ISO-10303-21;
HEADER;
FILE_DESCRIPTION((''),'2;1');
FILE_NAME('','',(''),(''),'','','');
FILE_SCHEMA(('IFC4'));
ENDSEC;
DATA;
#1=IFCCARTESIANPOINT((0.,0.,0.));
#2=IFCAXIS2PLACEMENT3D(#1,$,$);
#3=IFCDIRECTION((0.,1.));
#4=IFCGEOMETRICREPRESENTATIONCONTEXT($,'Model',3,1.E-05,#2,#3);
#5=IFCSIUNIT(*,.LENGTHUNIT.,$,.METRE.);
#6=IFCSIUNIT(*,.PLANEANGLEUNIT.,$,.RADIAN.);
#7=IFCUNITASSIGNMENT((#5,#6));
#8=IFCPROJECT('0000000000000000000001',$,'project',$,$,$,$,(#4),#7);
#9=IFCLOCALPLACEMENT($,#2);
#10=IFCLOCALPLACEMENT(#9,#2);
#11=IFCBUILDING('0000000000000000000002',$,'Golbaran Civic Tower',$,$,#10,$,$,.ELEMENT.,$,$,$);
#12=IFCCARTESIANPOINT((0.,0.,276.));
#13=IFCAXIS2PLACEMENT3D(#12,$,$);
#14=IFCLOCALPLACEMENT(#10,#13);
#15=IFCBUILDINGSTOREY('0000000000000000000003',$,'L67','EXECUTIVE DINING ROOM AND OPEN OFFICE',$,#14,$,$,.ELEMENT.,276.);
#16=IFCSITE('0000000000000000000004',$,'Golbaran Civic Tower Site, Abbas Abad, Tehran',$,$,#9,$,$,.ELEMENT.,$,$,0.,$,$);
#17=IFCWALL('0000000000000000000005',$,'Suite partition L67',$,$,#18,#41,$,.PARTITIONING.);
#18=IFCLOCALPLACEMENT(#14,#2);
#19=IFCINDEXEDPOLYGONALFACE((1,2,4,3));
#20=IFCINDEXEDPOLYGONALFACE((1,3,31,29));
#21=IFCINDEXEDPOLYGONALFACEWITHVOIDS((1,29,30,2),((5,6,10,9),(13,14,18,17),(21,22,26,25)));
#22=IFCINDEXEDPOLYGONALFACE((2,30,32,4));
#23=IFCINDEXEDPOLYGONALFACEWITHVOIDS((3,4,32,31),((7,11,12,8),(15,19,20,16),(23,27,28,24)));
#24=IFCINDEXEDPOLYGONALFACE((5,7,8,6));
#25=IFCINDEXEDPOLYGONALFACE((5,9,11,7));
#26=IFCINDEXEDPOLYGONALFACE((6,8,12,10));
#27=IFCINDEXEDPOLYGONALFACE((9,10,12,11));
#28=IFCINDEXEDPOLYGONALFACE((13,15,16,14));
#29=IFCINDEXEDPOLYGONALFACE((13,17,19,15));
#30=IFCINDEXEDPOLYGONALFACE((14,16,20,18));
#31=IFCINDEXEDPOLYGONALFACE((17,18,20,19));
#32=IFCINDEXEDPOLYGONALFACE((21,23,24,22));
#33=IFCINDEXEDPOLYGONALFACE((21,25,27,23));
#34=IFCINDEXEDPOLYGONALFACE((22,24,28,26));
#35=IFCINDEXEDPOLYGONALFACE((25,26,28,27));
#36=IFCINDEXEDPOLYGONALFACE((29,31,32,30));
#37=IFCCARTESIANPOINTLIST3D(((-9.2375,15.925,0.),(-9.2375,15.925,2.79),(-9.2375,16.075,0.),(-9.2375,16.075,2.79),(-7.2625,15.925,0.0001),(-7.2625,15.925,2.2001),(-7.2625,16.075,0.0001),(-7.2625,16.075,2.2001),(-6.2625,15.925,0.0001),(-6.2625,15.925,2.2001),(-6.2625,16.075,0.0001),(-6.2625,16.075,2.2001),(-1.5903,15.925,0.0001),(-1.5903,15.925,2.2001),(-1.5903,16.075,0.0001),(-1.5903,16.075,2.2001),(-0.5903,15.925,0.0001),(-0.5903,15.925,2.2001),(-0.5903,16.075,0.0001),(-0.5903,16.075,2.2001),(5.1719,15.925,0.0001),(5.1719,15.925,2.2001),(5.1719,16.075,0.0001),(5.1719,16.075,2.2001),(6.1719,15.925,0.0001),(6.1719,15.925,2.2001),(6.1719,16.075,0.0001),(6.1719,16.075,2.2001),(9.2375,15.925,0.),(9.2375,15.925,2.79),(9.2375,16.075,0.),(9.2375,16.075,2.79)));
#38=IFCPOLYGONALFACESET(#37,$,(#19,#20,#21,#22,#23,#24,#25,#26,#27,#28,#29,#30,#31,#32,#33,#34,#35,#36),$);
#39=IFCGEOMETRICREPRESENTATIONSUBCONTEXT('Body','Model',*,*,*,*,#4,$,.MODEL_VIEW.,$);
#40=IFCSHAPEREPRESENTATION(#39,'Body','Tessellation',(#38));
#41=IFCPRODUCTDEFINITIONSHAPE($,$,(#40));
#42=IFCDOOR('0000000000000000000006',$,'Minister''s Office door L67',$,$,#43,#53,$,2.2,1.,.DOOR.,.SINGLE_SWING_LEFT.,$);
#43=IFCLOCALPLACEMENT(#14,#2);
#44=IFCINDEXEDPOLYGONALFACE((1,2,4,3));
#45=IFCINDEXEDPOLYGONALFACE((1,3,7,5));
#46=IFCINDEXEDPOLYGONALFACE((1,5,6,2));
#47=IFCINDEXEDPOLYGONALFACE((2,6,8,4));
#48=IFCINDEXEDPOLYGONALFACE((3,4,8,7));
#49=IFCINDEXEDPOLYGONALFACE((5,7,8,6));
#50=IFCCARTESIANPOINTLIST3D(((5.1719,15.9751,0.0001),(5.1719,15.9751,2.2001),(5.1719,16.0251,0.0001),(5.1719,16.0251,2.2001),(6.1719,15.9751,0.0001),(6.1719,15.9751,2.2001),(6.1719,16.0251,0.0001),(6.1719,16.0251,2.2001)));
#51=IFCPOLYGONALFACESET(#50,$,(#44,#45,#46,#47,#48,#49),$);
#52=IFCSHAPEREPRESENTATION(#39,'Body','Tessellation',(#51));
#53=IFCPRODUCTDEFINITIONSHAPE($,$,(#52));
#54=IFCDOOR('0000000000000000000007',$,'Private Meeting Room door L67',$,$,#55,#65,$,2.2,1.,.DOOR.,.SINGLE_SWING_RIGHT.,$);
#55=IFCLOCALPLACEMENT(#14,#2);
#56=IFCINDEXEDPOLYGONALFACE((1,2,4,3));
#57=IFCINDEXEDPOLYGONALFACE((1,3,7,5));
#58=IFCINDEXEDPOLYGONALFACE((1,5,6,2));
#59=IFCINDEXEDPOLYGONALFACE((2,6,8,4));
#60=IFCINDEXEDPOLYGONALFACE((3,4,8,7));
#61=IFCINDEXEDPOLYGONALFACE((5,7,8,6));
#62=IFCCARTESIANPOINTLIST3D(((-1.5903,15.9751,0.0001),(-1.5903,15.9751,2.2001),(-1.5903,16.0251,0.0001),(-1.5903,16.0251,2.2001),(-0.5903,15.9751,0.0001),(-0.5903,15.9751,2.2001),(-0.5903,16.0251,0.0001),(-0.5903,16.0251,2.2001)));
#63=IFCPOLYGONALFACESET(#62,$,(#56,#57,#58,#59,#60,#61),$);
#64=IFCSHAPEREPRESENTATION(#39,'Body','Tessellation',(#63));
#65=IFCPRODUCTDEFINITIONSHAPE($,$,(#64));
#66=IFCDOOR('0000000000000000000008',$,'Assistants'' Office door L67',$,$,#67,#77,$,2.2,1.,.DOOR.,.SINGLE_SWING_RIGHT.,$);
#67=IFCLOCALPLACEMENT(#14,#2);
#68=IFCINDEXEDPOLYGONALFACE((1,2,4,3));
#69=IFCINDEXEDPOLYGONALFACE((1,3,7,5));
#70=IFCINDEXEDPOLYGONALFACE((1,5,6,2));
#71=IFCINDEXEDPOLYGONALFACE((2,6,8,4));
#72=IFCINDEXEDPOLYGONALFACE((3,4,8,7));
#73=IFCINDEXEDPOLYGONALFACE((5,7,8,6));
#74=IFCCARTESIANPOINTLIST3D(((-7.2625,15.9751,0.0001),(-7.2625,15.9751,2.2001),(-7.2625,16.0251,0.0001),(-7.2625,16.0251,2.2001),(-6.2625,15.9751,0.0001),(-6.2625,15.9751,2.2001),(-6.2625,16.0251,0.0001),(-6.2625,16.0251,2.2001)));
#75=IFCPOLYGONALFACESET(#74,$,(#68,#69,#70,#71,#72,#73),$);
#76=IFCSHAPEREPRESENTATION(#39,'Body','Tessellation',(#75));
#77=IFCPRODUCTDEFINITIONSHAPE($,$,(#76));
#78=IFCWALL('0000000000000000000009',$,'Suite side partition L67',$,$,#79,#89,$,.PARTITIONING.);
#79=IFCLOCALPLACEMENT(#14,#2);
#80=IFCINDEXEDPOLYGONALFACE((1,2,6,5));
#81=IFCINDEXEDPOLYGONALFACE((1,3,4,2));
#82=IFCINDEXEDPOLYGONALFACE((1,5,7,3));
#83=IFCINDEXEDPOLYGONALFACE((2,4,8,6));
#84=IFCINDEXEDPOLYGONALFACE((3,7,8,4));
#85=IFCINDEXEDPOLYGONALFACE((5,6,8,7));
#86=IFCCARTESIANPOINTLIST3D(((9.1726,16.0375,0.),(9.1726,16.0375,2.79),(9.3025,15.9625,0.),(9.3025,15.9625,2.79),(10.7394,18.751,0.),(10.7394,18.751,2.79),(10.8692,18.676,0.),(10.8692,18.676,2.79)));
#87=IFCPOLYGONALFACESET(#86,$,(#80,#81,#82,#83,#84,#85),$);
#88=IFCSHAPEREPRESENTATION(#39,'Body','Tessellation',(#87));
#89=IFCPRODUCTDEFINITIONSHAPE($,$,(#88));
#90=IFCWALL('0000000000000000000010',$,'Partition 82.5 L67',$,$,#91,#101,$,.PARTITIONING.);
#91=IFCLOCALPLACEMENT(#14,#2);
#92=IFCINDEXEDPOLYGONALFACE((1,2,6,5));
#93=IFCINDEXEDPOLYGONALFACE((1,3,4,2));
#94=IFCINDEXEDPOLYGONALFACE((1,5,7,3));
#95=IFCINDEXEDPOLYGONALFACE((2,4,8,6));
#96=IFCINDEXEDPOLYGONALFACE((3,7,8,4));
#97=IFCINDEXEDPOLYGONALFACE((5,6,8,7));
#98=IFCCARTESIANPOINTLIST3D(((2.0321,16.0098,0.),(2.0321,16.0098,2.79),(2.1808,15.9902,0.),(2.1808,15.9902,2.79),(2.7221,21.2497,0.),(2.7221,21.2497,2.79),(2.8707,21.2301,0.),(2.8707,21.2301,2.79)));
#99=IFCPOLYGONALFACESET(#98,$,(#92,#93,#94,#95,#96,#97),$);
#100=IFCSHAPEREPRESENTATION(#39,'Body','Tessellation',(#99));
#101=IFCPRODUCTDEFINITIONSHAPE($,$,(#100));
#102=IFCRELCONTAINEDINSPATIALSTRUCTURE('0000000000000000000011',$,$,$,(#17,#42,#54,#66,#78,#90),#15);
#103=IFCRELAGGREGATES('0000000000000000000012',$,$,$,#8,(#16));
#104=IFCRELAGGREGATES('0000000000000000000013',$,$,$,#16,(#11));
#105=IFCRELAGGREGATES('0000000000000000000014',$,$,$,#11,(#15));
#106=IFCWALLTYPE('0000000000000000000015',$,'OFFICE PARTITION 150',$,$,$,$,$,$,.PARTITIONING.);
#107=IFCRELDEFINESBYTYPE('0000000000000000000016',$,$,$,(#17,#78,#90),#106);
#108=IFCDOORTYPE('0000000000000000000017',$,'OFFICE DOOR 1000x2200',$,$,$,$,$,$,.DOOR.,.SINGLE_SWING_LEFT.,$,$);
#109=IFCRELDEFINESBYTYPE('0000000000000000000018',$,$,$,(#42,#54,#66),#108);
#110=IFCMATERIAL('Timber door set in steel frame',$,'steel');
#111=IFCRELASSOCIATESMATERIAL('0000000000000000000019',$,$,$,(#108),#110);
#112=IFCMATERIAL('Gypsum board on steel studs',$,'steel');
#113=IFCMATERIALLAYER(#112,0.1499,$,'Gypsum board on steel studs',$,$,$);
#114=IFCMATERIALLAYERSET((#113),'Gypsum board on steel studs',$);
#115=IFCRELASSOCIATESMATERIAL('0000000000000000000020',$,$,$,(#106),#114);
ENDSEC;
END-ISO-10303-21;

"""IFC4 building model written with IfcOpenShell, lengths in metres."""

from ifc_helpers import new_model, si_unit, direction, frame, frame_2d, origin, place, context, subcontext, project, spatial, rectangle, extrude, material, layer, layer_set, type_object, element, fill, save


model = new_model("IFC4")

# Units and contexts
model_context = context("Model", 3, precision=1e-05, world=origin(), true_north=direction((0.0, 1.0)))
body_context = subcontext(model_context, "Body", "Model", "MODEL_VIEW")
ifc_project = project(units=[si_unit("LENGTHUNIT", "METRE"), si_unit("PLANEANGLEUNIT", "RADIAN")], contexts=[model_context])

# Site, building, storey
site_placement = place(None, origin())
site = spatial("IfcSite", under=ifc_project, at=site_placement, Name="Golbaran Civic Tower Site, Abbas Abad, Tehran", CompositionType="ELEMENT", RefElevation=0.0)
building_placement = place(site_placement, origin())
building = spatial("IfcBuilding", under=site, at=building_placement, Name="Golbaran Civic Tower", CompositionType="ELEMENT")
storey_placement = place(building_placement, frame((0.0, 0.0, 276.0)))
storey = spatial("IfcBuildingStorey", under=building, at=storey_placement, Name="L67", Description="EXECUTIVE DINING ROOM AND OPEN OFFICE", CompositionType="ELEMENT", Elevation=276.0)

# Shared definitions
ifc_material_1 = material(Name="Timber door set in steel frame", Category="steel")

# Shared definitions
door_type_1 = type_object("IfcDoorType", Name="OFFICE DOOR 1000x2200", OperationType="SINGLE_SWING_LEFT", PredefinedType="DOOR", material=ifc_material_1)

# Wall, openings, doors
ifc_material_2 = material(Name="Gypsum board on steel studs", Category="steel")
ifc_layer_1 = layer(ifc_material_2, 0.1499, Name="Gypsum board on steel studs")
ifc_layer_set_1 = layer_set([ifc_layer_1], Name="Gypsum board on steel studs")
wall_type_1 = type_object("IfcWallType", Name="OFFICE PARTITION 150", PredefinedType="PARTITIONING", material=ifc_layer_set_1)
wall_1_placement = place(storey_placement, frame((9.2375, 16.0, 0.0), z_axis=(0.0, 0.0, 1.0), x_axis=(-1.0, 0.0, 0.0)))
wall_1 = element("IfcWall", 1, at=wall_1_placement, inside=storey, type_object=wall_type_1, Name="Suite partition L67", PredefinedType="PARTITIONING", context=body_context, shape_type="SweptSolid", body=[
    extrude(rectangle(XDim=18.4751, YDim=0.1499, at=frame_2d((9.2375, 0.0))), origin(), (0.0, 0.0, 1.0), 2.79),
])
opening_1_placement = place(wall_1_placement, frame((3.0657, 0.0, 0.0)))
opening_1 = element("IfcOpeningElement", 2, at=opening_1_placement, cuts=wall_1, PredefinedType="OPENING", context=body_context, shape_type="SweptSolid", body=[
    extrude(rectangle(XDim=1.0, YDim=2.2, at=frame_2d((0.5, 1.1001))), frame((0.0, 0.085, 0.0), z_axis=(0.0, -1.0, 0.0), x_axis=(1.0, 0.0, 0.0)), (0.0, 0.0, 1.0), 0.1699),
])
opening_2_placement = place(wall_1_placement, frame((9.8279, 0.0, 0.0)))
opening_2 = element("IfcOpeningElement", 3, at=opening_2_placement, cuts=wall_1, PredefinedType="OPENING", context=body_context, shape_type="SweptSolid", body=[
    extrude(rectangle(XDim=1.0, YDim=2.2, at=frame_2d((0.5, 1.1001))), frame((0.0, 0.085, 0.0), z_axis=(0.0, -1.0, 0.0), x_axis=(1.0, 0.0, 0.0)), (0.0, 0.0, 1.0), 0.1699),
])
opening_3_placement = place(wall_1_placement, frame((15.5, 0.0, 0.0)))
opening_3 = element("IfcOpeningElement", 4, at=opening_3_placement, cuts=wall_1, PredefinedType="OPENING", context=body_context, shape_type="SweptSolid", body=[
    extrude(rectangle(XDim=1.0, YDim=2.2, at=frame_2d((0.5, 1.1001))), frame((0.0, 0.085, 0.0), z_axis=(0.0, -1.0, 0.0), x_axis=(1.0, 0.0, 0.0)), (0.0, 0.0, 1.0), 0.1699),
])
door_1_placement = place(opening_1_placement, origin())
door_1 = element("IfcDoor", 5, at=door_1_placement, inside=storey, type_object=door_type_1, Name="Minister's Office door L67", OperationType="SINGLE_SWING_LEFT", OverallHeight=2.2, OverallWidth=1.0, PredefinedType="DOOR", context=body_context, shape_type="SweptSolid", body=[
    extrude(rectangle(XDim=1.0, YDim=2.2, at=frame_2d((0.5, 1.1001))), frame((0.0, 0.0249, 0.0), z_axis=(0.0, -1.0, 0.0), x_axis=(1.0, 0.0, 0.0)), (0.0, 0.0, 1.0), 0.05),
])
fill(opening_1, door_1)
door_2_placement = place(opening_2_placement, origin())
door_2 = element("IfcDoor", 6, at=door_2_placement, inside=storey, type_object=door_type_1, Name="Private Meeting Room door L67", OperationType="SINGLE_SWING_RIGHT", OverallHeight=2.2, OverallWidth=1.0, PredefinedType="DOOR", context=body_context, shape_type="SweptSolid", body=[
    extrude(rectangle(XDim=1.0, YDim=2.2, at=frame_2d((0.5, 1.1001))), frame((0.0, 0.0249, 0.0), z_axis=(0.0, -1.0, 0.0), x_axis=(1.0, 0.0, 0.0)), (0.0, 0.0, 1.0), 0.05),
])
fill(opening_2, door_2)
door_3_placement = place(opening_3_placement, origin())
door_3 = element("IfcDoor", 7, at=door_3_placement, inside=storey, type_object=door_type_1, Name="Assistants' Office door L67", OperationType="SINGLE_SWING_RIGHT", OverallHeight=2.2, OverallWidth=1.0, PredefinedType="DOOR", context=body_context, shape_type="SweptSolid", body=[
    extrude(rectangle(XDim=1.0, YDim=2.2, at=frame_2d((0.5, 1.1001))), frame((0.0, 0.0249, 0.0), z_axis=(0.0, -1.0, 0.0), x_axis=(1.0, 0.0, 0.0)), (0.0, 0.0, 1.0), 0.05),
])
fill(opening_3, door_3)

# Walls
wall_2_placement = place(storey_placement, frame((9.2375, 16.0, 0.0), z_axis=(0.0, 0.0, 1.0), x_axis=(0.500019, 0.866014, 0.0)))
element("IfcWall", 8, at=wall_2_placement, inside=storey, type_object=wall_type_1, Name="Suite side partition L67", PredefinedType="PARTITIONING", context=body_context, shape_type="SweptSolid", body=[
    extrude(rectangle(XDim=3.1333, YDim=0.1499, at=frame_2d((1.5667, 0.0))), origin(), (0.0, 0.0, 1.0), 2.79),
])
wall_3_placement = place(storey_placement, frame((2.1064, 16.0, 0.0), z_axis=(0.0, 0.0, 1.0), x_axis=(0.130542, 0.991443, 0.0)))
element("IfcWall", 9, at=wall_3_placement, inside=storey, type_object=wall_type_1, Name="Partition 82.5 L67", PredefinedType="PARTITIONING", context=body_context, shape_type="SweptSolid", body=[
    extrude(rectangle(XDim=5.2852, YDim=0.1499, at=frame_2d((2.6426, 0.0))), origin(), (0.0, 0.0, 1.0), 2.79),
])

save(model, "model.ifc")
